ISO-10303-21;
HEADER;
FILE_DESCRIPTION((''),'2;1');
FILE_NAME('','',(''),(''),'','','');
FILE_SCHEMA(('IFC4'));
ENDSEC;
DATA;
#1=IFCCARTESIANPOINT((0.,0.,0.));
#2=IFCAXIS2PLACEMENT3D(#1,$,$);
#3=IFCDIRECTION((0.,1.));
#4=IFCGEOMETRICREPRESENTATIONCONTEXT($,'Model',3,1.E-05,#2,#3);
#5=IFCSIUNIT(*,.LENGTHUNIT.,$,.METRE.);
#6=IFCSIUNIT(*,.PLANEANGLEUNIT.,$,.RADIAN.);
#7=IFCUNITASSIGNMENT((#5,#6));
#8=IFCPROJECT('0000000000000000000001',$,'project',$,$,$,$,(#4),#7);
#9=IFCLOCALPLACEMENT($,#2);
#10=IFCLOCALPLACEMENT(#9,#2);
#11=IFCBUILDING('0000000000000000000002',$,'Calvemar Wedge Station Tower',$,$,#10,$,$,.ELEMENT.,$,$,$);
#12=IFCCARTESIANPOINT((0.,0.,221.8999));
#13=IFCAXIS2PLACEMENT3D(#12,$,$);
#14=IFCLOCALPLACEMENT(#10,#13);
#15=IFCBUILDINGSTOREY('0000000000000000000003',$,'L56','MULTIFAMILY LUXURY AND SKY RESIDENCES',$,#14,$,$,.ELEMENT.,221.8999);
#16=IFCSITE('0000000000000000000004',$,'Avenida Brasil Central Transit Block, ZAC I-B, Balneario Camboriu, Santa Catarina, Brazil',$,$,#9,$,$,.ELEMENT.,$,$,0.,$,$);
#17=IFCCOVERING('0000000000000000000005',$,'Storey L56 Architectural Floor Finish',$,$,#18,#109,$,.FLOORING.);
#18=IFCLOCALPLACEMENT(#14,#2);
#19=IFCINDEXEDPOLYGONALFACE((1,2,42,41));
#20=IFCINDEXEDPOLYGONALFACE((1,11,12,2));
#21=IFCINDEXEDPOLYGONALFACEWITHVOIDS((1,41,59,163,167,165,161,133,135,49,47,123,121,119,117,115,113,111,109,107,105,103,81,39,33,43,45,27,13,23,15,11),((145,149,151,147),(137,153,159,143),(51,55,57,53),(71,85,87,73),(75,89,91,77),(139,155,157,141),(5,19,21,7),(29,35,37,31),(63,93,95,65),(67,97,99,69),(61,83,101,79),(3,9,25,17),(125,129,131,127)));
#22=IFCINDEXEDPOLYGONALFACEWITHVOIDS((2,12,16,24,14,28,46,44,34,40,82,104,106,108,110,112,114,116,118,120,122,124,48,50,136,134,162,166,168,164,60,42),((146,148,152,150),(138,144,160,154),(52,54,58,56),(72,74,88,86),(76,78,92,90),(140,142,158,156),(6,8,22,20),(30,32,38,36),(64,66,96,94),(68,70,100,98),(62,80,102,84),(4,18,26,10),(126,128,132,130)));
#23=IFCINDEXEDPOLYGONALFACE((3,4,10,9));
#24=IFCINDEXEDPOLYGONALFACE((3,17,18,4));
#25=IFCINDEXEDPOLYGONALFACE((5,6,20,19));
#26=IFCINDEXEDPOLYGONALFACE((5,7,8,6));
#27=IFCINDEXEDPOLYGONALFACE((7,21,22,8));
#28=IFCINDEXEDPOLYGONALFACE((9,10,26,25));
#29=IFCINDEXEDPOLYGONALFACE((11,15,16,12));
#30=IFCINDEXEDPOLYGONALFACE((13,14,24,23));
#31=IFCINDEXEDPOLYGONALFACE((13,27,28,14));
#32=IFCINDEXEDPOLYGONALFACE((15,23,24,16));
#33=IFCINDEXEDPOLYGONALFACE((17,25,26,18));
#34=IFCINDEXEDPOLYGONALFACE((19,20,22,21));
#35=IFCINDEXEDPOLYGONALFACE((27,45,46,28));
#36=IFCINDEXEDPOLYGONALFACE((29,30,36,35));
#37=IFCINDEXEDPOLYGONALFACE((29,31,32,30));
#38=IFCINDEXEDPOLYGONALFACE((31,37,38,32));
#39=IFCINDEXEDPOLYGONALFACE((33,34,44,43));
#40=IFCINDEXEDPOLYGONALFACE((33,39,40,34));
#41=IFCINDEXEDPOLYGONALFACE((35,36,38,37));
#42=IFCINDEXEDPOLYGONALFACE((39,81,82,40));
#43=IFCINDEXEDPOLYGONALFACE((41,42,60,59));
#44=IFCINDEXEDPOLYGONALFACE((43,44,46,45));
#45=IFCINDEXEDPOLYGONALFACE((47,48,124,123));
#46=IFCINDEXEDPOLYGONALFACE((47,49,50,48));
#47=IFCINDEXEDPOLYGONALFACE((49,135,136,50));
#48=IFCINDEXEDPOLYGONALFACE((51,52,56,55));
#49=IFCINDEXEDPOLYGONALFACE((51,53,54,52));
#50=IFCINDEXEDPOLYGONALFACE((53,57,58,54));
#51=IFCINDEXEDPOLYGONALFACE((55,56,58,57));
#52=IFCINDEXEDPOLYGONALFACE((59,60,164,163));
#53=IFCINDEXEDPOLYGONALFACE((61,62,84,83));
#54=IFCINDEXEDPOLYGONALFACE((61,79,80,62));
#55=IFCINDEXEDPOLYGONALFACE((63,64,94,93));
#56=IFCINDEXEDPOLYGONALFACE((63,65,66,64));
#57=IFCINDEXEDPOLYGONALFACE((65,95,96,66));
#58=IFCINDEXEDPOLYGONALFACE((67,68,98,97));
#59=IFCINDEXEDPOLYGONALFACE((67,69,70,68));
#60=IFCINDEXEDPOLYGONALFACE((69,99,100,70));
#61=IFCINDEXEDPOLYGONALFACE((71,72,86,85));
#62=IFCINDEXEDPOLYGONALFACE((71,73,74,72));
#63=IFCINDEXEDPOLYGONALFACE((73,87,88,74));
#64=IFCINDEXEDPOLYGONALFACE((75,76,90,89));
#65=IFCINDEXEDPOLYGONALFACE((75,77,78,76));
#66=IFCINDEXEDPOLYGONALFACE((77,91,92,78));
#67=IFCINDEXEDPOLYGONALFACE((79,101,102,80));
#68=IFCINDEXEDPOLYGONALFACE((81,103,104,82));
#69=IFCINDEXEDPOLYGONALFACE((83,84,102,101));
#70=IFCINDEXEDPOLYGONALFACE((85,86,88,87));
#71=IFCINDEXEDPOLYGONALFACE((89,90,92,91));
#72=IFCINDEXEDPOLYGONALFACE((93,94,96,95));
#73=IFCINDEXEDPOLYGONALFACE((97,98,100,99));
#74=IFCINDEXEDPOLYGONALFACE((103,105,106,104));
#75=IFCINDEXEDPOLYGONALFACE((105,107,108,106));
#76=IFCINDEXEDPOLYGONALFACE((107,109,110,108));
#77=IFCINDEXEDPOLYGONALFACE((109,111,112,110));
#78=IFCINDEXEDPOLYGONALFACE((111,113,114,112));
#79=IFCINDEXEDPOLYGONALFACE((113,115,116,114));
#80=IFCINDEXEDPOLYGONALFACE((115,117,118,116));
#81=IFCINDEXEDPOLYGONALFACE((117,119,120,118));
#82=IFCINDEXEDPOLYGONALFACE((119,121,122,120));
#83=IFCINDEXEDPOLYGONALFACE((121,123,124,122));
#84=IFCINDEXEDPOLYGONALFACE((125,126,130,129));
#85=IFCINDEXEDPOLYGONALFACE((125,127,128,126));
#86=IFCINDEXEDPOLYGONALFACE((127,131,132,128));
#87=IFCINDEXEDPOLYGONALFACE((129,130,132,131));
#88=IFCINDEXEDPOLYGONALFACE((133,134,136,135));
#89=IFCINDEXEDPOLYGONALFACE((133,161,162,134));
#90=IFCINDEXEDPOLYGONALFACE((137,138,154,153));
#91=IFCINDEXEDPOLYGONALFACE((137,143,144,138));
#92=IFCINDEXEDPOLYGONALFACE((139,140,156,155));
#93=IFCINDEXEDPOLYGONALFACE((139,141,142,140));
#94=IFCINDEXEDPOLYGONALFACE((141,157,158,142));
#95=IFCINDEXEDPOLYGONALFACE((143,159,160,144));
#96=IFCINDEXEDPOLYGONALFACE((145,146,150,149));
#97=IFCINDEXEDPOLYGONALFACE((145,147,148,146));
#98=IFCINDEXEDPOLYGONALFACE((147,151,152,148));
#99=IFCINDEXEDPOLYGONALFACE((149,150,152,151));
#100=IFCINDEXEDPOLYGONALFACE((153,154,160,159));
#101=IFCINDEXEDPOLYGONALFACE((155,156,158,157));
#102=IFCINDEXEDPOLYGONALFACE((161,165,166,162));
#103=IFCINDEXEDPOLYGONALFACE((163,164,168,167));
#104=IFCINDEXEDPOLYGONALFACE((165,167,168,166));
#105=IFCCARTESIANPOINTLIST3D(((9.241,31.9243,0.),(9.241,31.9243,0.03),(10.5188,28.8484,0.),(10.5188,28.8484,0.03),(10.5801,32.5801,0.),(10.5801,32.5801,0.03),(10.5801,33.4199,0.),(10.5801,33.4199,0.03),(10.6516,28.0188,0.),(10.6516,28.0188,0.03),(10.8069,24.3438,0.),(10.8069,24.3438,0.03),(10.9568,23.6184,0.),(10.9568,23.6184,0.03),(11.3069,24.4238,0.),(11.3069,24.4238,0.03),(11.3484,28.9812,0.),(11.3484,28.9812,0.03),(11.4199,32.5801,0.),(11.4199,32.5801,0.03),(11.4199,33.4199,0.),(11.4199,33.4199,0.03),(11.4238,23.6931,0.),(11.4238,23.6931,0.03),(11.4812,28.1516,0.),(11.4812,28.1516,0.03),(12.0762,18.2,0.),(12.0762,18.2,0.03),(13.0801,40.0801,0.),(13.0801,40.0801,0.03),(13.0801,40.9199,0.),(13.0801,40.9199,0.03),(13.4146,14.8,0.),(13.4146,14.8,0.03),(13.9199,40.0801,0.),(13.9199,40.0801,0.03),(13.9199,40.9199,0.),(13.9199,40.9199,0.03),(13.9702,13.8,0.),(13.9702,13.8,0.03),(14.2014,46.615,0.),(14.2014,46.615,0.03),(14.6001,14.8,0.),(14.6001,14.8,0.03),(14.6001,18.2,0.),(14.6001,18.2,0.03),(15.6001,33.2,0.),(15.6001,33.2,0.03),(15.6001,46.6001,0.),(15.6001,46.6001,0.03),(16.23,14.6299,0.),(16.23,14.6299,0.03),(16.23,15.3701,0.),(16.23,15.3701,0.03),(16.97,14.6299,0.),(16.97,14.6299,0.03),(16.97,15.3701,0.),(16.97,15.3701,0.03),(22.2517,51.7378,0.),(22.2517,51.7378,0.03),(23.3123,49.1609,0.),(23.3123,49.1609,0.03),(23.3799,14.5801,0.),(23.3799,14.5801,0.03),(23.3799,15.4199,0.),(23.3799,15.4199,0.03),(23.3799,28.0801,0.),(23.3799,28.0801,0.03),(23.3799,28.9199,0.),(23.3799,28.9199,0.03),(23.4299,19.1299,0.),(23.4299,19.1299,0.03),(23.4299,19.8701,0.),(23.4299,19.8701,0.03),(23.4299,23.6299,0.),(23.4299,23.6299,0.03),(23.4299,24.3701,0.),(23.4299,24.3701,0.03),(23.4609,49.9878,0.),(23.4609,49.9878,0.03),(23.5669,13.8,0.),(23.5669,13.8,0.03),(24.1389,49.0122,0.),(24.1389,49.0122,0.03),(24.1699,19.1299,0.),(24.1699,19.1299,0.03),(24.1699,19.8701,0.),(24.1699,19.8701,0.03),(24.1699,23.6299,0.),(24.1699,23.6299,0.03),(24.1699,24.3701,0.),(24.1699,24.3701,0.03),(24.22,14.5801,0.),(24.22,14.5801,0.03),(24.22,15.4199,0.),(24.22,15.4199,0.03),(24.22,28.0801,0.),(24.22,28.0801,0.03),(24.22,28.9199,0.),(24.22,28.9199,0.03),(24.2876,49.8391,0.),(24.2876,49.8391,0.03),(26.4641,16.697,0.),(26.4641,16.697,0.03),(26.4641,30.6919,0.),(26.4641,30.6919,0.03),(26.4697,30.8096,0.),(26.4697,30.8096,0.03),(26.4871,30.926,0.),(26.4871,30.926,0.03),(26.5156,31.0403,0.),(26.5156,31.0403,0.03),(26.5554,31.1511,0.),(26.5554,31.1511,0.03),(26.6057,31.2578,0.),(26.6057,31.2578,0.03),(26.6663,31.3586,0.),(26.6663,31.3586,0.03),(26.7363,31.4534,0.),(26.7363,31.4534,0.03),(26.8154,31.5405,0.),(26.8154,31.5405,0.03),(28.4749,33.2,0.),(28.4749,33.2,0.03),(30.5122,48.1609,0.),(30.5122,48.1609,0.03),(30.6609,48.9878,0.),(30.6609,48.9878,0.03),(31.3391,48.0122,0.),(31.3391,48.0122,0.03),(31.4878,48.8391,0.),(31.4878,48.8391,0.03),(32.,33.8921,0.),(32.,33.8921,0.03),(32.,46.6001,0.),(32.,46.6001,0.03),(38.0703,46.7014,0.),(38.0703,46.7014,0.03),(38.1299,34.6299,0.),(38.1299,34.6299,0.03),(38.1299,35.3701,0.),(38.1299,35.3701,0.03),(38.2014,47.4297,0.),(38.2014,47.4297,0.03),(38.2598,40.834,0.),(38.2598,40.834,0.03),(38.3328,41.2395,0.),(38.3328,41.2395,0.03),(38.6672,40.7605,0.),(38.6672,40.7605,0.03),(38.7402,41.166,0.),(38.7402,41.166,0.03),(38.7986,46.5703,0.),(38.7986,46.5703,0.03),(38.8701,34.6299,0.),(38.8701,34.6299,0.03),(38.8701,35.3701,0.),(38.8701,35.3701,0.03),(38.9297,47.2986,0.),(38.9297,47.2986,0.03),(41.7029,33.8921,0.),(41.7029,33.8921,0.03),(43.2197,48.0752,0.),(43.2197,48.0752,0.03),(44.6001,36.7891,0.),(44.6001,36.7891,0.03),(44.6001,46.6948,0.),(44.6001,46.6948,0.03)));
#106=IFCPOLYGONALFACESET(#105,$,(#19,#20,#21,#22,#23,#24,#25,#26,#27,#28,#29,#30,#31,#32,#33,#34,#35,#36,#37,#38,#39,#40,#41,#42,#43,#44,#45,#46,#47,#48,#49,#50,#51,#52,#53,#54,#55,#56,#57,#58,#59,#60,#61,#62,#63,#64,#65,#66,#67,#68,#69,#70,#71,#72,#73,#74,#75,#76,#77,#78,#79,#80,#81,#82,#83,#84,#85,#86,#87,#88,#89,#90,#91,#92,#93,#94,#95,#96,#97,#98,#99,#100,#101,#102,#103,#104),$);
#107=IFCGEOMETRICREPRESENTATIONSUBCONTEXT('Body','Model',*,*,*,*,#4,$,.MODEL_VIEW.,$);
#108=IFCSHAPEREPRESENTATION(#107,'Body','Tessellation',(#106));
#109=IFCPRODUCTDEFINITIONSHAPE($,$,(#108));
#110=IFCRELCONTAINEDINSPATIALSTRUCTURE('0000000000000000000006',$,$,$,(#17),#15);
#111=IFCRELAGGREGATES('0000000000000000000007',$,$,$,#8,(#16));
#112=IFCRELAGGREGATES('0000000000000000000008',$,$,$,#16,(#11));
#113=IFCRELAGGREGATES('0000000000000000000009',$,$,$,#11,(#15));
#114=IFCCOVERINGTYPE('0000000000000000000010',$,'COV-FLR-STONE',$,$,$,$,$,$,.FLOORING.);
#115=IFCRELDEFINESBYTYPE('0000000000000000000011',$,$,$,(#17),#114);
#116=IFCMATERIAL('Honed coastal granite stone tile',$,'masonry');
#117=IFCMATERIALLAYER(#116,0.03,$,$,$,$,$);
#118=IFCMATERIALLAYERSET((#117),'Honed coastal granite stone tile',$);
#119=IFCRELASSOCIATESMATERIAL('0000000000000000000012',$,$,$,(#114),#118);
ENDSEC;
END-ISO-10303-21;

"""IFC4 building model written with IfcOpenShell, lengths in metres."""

from ifc_helpers import new_model, si_unit, direction, frame, origin, place, context, subcontext, project, spatial, polyline, outline, extrude, material, layer, layer_set, type_object, element, save


model = new_model("IFC4")

# Units and contexts
model_context = context("Model", 3, precision=1e-05, world=origin(), true_north=direction((0.0, 1.0)))
body_context = subcontext(model_context, "Body", "Model", "MODEL_VIEW")
ifc_project = project(units=[si_unit("LENGTHUNIT", "METRE"), si_unit("PLANEANGLEUNIT", "RADIAN")], contexts=[model_context])

# Site, building, storey
site_placement = place(None, origin())
site = spatial("IfcSite", under=ifc_project, at=site_placement, Name="Avenida Brasil Central Transit Block, ZAC I-B, Balneario Camboriu, Santa Catarina, Brazil", CompositionType="ELEMENT", RefElevation=0.0)
building_placement = place(site_placement, origin())
building = spatial("IfcBuilding", under=site, at=building_placement, Name="Calvemar Wedge Station Tower", CompositionType="ELEMENT")
storey_placement = place(building_placement, frame((0.0, 0.0, 221.8999)))
storey = spatial("IfcBuildingStorey", under=building, at=storey_placement, Name="L56", Description="MULTIFAMILY LUXURY AND SKY RESIDENCES", CompositionType="ELEMENT", Elevation=221.8999)

# Covering
ifc_material_1 = material(Name="Honed coastal granite stone tile", Category="masonry")
ifc_layer_1 = layer(ifc_material_1, 0.03)
ifc_layer_set_1 = layer_set([ifc_layer_1], Name="Honed coastal granite stone tile")
covering_type_1 = type_object("IfcCoveringType", Name="COV-FLR-STONE", PredefinedType="FLOORING", material=ifc_layer_set_1)
covering_1_placement = place(storey_placement, origin())
element("IfcCovering", 1, at=covering_1_placement, inside=storey, type_object=covering_type_1, Name="Storey L56 Architectural Floor Finish", PredefinedType="FLOORING", context=body_context, shape_type="SweptSolid", body=[
    extrude(outline(polyline([(26.6663, 31.3586), (26.7363, 31.4534), (26.8154, 31.5405), (28.4749, 33.2), (15.6001, 33.2), (15.6001, 46.6001), (32.0, 46.6001), (32.0, 33.8921), (41.7029, 33.8921), (44.6001, 36.7891), (44.6001, 46.6948), (43.2197, 48.0752), (22.2517, 51.7378), (14.2014, 46.615), (9.241, 31.9243), (10.8069, 24.3438), (11.3069, 24.4238), (11.4238, 23.6931), (10.9568, 23.6184), (12.0762, 18.2), (14.6001, 18.2), (14.6001, 14.8), (13.4146, 14.8), (13.9702, 13.8), (23.5669, 13.8), (26.4641, 16.697), (26.4641, 30.6919), (26.4697, 30.8096), (26.4871, 30.926), (26.5156, 31.0403), (26.5554, 31.1511), (26.6057, 31.2578), (26.6663, 31.3586)]), holes=[polyline([(11.4199, 33.4199), (11.4199, 32.5801), (10.5801, 32.5801), (10.5801, 33.4199), (11.4199, 33.4199)]), polyline([(13.9199, 40.0801), (13.0801, 40.0801), (13.0801, 40.9199), (13.9199, 40.9199), (13.9199, 40.0801)]), polyline([(23.3123, 49.1609), (23.4609, 49.9878), (24.2876, 49.8391), (24.1389, 49.0122), (23.3123, 49.1609)]), polyline([(30.6609, 48.9878), (31.4878, 48.8391), (31.3391, 48.0122), (30.5122, 48.1609), (30.6609, 48.9878)]), polyline([(38.9297, 47.2986), (38.7986, 46.5703), (38.0703, 46.7014), (38.2014, 47.4297), (38.9297, 47.2986)]), polyline([(38.8701, 34.6299), (38.1299, 34.6299), (38.1299, 35.3701), (38.8701, 35.3701), (38.8701, 34.6299)]), polyline([(38.2598, 40.834), (38.3328, 41.2395), (38.7402, 41.166), (38.6672, 40.7605), (38.2598, 40.834)]), polyline([(11.3484, 28.9812), (11.4812, 28.1516), (10.6516, 28.0188), (10.5188, 28.8484), (11.3484, 28.9812)]), polyline([(24.22, 28.0801), (23.3799, 28.0801), (23.3799, 28.9199), (24.22, 28.9199), (24.22, 28.0801)]), polyline([(23.4299, 23.6299), (23.4299, 24.3701), (24.1699, 24.3701), (24.1699, 23.6299), (23.4299, 23.6299)]), polyline([(23.4299, 19.8701), (24.1699, 19.8701), (24.1699, 19.1299), (23.4299, 19.1299), (23.4299, 19.8701)]), polyline([(24.22, 15.4199), (24.22, 14.5801), (23.3799, 14.5801), (23.3799, 15.4199), (24.22, 15.4199)]), polyline([(16.97, 14.6299), (16.23, 14.6299), (16.23, 15.3701), (16.97, 15.3701), (16.97, 14.6299)])]), origin(), (0.0, 0.0, 1.0), 0.03),
])

save(model, "model.ifc")
